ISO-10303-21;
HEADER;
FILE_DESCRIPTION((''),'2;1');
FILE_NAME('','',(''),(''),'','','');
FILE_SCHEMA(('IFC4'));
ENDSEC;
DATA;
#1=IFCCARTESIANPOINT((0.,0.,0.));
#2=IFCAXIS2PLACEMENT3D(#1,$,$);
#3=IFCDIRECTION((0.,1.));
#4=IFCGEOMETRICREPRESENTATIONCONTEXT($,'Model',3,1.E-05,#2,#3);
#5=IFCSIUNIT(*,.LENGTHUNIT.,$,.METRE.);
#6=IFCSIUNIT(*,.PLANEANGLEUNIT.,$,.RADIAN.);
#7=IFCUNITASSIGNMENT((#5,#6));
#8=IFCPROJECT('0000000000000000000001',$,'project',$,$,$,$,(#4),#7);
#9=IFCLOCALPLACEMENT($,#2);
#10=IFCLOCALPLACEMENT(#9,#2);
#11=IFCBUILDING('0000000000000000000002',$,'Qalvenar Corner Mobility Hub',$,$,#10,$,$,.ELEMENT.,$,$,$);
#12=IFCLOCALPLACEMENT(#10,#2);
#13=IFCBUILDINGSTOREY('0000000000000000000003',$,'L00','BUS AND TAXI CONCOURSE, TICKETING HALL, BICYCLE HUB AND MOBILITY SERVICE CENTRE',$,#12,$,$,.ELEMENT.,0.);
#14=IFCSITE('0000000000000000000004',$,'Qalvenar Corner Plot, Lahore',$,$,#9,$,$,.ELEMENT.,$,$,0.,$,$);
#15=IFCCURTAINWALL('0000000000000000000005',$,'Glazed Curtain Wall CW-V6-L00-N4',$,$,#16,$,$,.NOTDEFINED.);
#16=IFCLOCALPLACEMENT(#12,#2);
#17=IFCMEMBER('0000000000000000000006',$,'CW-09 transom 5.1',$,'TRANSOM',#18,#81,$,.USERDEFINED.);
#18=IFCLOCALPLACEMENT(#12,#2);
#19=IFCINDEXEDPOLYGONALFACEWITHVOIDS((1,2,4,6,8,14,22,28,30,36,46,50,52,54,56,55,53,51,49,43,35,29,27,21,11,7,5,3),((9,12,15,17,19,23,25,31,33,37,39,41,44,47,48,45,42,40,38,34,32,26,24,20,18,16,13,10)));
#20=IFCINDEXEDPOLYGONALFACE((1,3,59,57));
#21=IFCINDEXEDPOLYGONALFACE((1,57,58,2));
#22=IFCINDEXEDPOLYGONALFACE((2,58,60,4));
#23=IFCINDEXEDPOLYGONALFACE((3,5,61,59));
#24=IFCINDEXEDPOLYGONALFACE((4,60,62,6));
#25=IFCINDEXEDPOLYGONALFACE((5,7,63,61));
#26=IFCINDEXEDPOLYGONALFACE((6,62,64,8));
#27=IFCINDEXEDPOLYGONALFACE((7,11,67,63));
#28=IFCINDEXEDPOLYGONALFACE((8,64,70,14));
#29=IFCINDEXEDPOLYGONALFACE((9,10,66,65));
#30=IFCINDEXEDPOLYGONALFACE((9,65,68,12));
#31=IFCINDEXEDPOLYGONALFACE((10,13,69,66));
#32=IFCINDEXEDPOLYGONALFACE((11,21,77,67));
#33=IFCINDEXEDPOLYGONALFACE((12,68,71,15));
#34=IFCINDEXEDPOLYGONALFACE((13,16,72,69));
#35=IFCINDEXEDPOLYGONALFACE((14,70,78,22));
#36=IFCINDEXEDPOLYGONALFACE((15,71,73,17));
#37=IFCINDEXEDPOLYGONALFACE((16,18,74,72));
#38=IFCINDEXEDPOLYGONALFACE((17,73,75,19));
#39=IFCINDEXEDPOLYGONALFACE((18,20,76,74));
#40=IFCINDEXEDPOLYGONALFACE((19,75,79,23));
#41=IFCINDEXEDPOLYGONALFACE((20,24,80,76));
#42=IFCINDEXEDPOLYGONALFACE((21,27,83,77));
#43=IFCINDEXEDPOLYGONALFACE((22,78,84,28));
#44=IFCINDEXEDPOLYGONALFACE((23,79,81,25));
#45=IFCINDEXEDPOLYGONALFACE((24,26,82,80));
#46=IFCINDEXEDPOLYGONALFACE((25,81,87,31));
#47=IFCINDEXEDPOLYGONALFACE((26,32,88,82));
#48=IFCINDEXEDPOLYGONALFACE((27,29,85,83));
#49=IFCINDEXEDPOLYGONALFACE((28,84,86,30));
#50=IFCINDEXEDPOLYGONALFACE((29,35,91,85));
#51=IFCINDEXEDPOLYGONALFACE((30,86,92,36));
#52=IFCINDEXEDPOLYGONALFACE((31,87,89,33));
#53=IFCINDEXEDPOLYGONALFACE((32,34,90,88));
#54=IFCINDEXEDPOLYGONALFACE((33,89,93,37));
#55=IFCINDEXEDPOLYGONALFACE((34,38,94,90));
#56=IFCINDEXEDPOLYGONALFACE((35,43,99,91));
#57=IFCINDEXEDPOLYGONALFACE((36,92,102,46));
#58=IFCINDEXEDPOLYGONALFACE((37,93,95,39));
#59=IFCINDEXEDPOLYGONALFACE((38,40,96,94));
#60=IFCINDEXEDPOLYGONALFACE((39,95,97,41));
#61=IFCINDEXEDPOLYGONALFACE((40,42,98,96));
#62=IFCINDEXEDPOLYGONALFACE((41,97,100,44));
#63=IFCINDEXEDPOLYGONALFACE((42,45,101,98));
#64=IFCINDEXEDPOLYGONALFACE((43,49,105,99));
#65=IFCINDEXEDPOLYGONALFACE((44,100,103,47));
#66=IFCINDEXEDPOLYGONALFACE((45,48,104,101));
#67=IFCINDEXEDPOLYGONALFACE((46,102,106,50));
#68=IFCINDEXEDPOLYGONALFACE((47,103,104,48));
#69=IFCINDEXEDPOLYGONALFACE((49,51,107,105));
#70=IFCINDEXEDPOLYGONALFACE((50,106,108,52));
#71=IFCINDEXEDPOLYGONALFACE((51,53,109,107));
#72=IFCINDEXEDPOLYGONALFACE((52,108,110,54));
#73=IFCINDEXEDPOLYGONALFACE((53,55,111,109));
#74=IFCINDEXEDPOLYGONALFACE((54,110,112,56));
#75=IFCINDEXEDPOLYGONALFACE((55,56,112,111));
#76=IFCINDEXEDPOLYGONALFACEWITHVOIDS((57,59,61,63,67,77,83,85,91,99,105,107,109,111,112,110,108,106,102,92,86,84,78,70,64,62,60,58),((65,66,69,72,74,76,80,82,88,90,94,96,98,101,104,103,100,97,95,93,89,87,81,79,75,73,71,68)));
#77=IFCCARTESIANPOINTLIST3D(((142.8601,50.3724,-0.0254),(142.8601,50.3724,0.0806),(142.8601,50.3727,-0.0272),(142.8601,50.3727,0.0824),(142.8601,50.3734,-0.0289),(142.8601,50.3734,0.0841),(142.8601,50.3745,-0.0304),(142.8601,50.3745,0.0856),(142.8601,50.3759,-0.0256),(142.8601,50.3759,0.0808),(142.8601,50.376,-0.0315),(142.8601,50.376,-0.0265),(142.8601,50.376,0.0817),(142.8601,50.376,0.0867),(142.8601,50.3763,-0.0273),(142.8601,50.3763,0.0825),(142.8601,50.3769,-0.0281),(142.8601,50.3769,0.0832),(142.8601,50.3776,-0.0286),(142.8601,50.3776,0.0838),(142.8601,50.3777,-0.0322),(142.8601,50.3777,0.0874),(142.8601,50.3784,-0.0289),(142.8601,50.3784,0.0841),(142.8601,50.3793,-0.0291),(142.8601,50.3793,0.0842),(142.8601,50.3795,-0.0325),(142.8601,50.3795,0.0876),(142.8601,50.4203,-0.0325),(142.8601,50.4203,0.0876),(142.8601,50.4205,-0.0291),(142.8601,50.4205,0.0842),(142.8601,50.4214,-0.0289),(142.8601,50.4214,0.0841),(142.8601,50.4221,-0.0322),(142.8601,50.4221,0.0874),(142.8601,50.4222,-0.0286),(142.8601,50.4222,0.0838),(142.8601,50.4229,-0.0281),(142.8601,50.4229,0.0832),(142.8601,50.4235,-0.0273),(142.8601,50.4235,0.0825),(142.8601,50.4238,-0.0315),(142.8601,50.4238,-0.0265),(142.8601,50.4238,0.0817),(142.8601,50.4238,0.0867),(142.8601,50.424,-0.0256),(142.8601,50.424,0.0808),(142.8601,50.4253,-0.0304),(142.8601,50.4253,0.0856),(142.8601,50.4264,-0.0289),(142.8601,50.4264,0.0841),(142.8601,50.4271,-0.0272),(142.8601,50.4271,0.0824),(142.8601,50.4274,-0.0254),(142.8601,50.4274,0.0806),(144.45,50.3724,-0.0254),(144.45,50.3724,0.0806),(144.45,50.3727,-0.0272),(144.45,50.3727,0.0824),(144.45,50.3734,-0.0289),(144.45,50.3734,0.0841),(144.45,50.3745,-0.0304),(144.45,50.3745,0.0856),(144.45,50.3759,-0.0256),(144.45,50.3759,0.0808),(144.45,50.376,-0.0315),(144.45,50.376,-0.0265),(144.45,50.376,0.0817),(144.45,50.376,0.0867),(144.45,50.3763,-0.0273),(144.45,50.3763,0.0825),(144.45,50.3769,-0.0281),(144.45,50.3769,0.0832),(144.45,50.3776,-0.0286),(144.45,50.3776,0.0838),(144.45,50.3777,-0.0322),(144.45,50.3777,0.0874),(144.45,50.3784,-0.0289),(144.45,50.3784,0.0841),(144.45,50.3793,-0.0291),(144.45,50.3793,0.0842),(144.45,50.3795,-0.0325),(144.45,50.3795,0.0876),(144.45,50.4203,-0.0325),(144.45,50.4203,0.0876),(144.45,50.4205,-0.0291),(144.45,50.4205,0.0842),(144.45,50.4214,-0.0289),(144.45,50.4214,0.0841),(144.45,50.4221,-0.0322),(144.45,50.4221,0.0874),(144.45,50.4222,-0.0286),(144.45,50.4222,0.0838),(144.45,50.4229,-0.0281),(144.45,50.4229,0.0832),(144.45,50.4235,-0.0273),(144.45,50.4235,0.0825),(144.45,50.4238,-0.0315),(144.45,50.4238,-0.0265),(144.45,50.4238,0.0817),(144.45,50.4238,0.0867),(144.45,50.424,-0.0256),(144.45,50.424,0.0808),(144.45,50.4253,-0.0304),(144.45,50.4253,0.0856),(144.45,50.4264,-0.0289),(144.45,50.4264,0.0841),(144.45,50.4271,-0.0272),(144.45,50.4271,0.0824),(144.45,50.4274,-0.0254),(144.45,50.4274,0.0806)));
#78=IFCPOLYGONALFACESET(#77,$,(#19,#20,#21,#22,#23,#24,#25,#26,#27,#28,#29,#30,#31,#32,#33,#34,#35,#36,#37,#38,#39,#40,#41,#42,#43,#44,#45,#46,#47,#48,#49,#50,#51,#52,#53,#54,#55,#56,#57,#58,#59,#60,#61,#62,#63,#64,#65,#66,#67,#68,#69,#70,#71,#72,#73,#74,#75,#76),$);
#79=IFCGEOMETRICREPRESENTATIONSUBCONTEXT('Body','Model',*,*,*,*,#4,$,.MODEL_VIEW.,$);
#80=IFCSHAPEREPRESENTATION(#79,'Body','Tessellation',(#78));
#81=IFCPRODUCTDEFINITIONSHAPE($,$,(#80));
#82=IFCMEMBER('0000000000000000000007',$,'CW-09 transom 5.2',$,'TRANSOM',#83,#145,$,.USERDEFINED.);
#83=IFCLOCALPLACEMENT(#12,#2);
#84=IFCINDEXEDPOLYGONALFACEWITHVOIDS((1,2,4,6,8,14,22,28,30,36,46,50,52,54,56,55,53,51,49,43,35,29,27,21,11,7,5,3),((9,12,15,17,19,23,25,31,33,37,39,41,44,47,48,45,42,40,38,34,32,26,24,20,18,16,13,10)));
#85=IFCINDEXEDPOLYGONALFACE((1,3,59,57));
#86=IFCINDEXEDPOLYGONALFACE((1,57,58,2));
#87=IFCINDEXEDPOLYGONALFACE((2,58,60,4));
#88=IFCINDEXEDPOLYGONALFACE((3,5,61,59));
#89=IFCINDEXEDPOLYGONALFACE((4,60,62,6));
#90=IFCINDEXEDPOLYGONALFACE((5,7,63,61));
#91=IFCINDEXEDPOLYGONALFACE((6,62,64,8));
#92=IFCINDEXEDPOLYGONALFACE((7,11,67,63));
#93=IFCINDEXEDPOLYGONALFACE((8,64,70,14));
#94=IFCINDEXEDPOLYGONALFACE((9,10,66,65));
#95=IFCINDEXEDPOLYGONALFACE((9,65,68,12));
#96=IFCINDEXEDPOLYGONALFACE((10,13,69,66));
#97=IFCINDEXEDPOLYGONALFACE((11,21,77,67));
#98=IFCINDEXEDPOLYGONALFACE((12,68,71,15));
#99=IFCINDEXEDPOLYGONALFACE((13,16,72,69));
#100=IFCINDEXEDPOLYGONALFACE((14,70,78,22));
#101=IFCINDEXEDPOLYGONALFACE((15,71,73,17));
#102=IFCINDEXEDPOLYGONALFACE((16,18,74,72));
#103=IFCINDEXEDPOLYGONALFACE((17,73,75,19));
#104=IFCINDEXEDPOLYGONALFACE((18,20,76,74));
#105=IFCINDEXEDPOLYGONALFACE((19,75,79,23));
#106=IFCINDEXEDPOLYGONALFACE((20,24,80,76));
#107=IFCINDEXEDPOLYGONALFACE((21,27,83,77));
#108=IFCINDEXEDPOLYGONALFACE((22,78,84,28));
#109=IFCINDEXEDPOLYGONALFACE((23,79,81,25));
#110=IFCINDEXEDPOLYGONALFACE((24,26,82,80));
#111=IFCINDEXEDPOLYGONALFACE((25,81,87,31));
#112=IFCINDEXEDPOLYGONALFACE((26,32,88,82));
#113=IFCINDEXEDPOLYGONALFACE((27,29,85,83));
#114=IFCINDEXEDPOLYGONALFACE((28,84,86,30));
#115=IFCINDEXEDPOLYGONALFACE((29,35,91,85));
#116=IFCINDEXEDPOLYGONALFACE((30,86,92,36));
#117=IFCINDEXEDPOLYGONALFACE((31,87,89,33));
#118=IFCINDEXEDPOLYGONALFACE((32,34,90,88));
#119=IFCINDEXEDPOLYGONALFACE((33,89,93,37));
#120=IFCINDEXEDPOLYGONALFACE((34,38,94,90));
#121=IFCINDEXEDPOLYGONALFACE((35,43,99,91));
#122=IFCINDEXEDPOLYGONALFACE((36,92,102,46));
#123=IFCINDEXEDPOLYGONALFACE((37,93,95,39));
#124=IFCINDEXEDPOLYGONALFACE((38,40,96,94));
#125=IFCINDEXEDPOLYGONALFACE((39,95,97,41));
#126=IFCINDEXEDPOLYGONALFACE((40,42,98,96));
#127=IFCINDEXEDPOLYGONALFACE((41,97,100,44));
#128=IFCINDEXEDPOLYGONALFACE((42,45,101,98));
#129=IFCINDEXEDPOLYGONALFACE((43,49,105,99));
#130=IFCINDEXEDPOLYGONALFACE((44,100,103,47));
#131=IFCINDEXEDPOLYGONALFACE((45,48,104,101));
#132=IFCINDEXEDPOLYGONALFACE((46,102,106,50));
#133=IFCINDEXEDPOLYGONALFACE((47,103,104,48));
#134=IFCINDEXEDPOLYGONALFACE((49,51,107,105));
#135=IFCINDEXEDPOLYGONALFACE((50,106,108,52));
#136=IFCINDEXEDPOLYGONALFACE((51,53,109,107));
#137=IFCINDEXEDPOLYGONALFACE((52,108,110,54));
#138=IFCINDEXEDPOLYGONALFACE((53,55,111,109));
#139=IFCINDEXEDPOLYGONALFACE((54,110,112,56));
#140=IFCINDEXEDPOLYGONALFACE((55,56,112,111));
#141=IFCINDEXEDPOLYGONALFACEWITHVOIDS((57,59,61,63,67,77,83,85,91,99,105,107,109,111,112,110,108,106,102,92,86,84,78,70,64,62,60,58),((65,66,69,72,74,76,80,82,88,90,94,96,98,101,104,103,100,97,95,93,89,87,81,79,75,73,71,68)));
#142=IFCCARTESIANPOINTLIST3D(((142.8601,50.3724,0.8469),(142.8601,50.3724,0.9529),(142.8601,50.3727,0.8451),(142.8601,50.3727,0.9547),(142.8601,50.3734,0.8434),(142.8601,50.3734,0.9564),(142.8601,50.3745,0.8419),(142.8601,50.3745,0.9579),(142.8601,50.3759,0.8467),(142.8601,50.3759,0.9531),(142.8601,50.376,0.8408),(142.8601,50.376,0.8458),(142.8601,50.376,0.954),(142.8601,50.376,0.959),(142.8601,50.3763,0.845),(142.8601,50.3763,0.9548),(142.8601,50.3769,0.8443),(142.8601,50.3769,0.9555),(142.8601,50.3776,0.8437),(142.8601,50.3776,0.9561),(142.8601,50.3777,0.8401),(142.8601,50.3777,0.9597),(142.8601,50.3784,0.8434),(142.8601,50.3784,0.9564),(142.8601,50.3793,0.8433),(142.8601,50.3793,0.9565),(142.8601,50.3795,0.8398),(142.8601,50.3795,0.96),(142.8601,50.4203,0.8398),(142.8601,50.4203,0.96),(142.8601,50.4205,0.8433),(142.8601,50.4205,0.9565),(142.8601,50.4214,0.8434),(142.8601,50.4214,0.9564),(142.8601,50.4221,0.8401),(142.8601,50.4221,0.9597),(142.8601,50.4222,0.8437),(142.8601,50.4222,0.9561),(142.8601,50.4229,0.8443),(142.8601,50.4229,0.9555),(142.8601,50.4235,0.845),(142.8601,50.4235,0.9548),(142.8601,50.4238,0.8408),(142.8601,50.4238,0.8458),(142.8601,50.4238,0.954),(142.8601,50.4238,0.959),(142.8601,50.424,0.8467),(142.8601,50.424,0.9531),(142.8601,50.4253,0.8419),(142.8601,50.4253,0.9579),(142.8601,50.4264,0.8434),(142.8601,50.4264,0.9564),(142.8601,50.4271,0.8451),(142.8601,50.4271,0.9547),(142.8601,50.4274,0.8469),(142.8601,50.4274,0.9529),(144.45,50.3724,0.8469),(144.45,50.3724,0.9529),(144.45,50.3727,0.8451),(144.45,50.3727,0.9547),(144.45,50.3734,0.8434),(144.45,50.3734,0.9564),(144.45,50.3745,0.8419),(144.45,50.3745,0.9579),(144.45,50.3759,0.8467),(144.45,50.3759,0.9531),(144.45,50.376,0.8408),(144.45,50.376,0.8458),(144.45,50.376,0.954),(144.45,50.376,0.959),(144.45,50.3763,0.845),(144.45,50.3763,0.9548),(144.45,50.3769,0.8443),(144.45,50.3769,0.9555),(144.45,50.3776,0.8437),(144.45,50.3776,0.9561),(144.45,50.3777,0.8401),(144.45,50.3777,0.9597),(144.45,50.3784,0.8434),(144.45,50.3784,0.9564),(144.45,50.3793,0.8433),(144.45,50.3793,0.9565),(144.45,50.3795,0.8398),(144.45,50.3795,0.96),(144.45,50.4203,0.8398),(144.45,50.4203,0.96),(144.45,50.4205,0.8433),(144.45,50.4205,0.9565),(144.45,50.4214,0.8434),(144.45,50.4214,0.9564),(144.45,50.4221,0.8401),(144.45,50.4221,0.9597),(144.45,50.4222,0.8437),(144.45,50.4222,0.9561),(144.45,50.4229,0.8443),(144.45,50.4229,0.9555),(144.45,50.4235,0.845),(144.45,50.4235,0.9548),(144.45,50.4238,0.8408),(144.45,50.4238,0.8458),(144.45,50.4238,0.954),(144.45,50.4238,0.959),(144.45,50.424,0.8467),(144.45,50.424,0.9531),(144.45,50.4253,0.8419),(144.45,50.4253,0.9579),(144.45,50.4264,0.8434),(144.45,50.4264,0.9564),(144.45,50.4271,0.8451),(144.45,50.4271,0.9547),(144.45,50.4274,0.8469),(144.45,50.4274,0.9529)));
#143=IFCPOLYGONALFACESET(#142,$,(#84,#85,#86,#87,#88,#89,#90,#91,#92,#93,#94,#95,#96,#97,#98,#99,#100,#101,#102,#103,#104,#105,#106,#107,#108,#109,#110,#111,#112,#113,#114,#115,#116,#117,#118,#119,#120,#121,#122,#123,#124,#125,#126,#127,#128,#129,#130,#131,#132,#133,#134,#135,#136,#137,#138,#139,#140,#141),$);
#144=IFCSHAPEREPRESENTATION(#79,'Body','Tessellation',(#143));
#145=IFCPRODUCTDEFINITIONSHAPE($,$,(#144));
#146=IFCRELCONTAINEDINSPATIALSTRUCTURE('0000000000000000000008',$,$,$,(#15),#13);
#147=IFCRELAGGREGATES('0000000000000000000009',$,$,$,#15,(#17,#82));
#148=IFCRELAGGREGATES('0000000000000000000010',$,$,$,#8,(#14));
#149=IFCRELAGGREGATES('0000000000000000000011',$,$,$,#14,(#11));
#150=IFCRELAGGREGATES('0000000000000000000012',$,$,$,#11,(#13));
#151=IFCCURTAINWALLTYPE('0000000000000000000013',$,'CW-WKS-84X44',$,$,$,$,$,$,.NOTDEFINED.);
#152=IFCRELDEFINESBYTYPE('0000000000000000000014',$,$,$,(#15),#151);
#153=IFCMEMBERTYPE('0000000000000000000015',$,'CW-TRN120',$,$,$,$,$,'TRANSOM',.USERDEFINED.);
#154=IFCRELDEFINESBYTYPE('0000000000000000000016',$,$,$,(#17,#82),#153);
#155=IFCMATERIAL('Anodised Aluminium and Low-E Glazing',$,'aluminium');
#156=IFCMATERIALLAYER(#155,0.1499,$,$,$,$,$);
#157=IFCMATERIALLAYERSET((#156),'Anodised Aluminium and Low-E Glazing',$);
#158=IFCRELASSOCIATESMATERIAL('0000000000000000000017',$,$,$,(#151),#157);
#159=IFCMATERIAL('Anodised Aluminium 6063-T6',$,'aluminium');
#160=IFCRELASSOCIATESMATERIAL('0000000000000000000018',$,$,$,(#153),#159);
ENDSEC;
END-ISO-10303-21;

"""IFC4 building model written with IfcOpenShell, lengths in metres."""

from ifc_helpers import new_model, si_unit, direction, frame, origin, origin_2d, place, context, subcontext, project, spatial, hollow_rectangle, extrude, material, layer, layer_set, material_profile, profile_set, type_object, element, aggregate, save


model = new_model("IFC4")

# Units and contexts
model_context = context("Model", 3, precision=1e-05, world=origin(), true_north=direction((0.0, 1.0)))
body_context = subcontext(model_context, "Body", "Model", "MODEL_VIEW")
ifc_project = project(units=[si_unit("LENGTHUNIT", "METRE"), si_unit("PLANEANGLEUNIT", "RADIAN")], contexts=[model_context])

# Site, building, storey
site_placement = place(None, origin())
site = spatial("IfcSite", under=ifc_project, at=site_placement, Name="Qalvenar Corner Plot, Lahore", CompositionType="ELEMENT", RefElevation=0.0)
building_placement = place(site_placement, origin())
building = spatial("IfcBuilding", under=site, at=building_placement, Name="Qalvenar Corner Mobility Hub", CompositionType="ELEMENT")
storey_placement = place(building_placement, origin())
storey = spatial("IfcBuildingStorey", under=building, at=storey_placement, Name="L00", Description="BUS AND TAXI CONCOURSE, TICKETING HALL, BICYCLE HUB AND MOBILITY SERVICE CENTRE", CompositionType="ELEMENT", Elevation=0.0)

# Shared definitions
ifc_material_1 = material(Name="Anodised Aluminium and Low-E Glazing", Category="aluminium")
ifc_layer_1 = layer(ifc_material_1, 0.1499)
ifc_layer_set_1 = layer_set([ifc_layer_1], Name="Anodised Aluminium and Low-E Glazing")
curtain_wall_type = type_object("IfcCurtainWallType", Name="CW-WKS-84X44", PredefinedType="NOTDEFINED", material=ifc_layer_set_1)
ifc_material_2 = material(Name="Anodised Aluminium 6063-T6", Category="aluminium")

# Curtain wall
curtain_wall_1_placement = place(storey_placement, origin())
curtain_wall_1 = element("IfcCurtainWall", 1, at=curtain_wall_1_placement, inside=storey, type_object=curtain_wall_type, Name="Glazed Curtain Wall CW-V6-L00-N4", PredefinedType="NOTDEFINED")

# Members
ifc_material_profile_1 = material_profile(ifc_material_2, hollow_rectangle(XDim=0.0549, YDim=0.1201, WallThickness=0.0034, InnerFilletRadius=0.0034, OuterFilletRadius=0.0071, at=origin_2d()), Name="RHS120x55x3.5")
ifc_profile_set_1 = profile_set([ifc_material_profile_1], Name="Anodised Aluminium 6063-T6")
member_type_1 = type_object("IfcMemberType", Name="CW-TRN120", ElementType="TRANSOM", PredefinedType="USERDEFINED", material=ifc_profile_set_1)
member_1_placement = place(storey_placement, frame((144.45, 50.3999, 0.0276), z_axis=(-1.0, 0.0, 0.0), x_axis=(0.0, -1.0, 0.0)))
member_1 = element("IfcMember", 2, at=member_1_placement, type_object=member_type_1, Name="CW-09 transom 5.1", ObjectType="TRANSOM", PredefinedType="USERDEFINED", context=body_context, shape_type="SweptSolid", body=[
    extrude(hollow_rectangle(XDim=0.0549, YDim=0.1201, WallThickness=0.0034, InnerFilletRadius=0.0034, OuterFilletRadius=0.0071, at=origin_2d()), origin(), (0.0, 0.0, 1.0), 1.5898),
])
member_2_placement = place(storey_placement, frame((144.45, 50.3999, 0.8999), z_axis=(-1.0, 0.0, 0.0), x_axis=(0.0, -1.0, 0.0)))
member_2 = element("IfcMember", 3, at=member_2_placement, type_object=member_type_1, Name="CW-09 transom 5.2", ObjectType="TRANSOM", PredefinedType="USERDEFINED", context=body_context, shape_type="SweptSolid", body=[
    extrude(hollow_rectangle(XDim=0.0549, YDim=0.1201, WallThickness=0.0034, InnerFilletRadius=0.0034, OuterFilletRadius=0.0071, at=origin_2d()), origin(), (0.0, 0.0, 1.0), 1.5898),
])

aggregate(curtain_wall_1, [member_1, member_2])

save(model, "model.ifc")
